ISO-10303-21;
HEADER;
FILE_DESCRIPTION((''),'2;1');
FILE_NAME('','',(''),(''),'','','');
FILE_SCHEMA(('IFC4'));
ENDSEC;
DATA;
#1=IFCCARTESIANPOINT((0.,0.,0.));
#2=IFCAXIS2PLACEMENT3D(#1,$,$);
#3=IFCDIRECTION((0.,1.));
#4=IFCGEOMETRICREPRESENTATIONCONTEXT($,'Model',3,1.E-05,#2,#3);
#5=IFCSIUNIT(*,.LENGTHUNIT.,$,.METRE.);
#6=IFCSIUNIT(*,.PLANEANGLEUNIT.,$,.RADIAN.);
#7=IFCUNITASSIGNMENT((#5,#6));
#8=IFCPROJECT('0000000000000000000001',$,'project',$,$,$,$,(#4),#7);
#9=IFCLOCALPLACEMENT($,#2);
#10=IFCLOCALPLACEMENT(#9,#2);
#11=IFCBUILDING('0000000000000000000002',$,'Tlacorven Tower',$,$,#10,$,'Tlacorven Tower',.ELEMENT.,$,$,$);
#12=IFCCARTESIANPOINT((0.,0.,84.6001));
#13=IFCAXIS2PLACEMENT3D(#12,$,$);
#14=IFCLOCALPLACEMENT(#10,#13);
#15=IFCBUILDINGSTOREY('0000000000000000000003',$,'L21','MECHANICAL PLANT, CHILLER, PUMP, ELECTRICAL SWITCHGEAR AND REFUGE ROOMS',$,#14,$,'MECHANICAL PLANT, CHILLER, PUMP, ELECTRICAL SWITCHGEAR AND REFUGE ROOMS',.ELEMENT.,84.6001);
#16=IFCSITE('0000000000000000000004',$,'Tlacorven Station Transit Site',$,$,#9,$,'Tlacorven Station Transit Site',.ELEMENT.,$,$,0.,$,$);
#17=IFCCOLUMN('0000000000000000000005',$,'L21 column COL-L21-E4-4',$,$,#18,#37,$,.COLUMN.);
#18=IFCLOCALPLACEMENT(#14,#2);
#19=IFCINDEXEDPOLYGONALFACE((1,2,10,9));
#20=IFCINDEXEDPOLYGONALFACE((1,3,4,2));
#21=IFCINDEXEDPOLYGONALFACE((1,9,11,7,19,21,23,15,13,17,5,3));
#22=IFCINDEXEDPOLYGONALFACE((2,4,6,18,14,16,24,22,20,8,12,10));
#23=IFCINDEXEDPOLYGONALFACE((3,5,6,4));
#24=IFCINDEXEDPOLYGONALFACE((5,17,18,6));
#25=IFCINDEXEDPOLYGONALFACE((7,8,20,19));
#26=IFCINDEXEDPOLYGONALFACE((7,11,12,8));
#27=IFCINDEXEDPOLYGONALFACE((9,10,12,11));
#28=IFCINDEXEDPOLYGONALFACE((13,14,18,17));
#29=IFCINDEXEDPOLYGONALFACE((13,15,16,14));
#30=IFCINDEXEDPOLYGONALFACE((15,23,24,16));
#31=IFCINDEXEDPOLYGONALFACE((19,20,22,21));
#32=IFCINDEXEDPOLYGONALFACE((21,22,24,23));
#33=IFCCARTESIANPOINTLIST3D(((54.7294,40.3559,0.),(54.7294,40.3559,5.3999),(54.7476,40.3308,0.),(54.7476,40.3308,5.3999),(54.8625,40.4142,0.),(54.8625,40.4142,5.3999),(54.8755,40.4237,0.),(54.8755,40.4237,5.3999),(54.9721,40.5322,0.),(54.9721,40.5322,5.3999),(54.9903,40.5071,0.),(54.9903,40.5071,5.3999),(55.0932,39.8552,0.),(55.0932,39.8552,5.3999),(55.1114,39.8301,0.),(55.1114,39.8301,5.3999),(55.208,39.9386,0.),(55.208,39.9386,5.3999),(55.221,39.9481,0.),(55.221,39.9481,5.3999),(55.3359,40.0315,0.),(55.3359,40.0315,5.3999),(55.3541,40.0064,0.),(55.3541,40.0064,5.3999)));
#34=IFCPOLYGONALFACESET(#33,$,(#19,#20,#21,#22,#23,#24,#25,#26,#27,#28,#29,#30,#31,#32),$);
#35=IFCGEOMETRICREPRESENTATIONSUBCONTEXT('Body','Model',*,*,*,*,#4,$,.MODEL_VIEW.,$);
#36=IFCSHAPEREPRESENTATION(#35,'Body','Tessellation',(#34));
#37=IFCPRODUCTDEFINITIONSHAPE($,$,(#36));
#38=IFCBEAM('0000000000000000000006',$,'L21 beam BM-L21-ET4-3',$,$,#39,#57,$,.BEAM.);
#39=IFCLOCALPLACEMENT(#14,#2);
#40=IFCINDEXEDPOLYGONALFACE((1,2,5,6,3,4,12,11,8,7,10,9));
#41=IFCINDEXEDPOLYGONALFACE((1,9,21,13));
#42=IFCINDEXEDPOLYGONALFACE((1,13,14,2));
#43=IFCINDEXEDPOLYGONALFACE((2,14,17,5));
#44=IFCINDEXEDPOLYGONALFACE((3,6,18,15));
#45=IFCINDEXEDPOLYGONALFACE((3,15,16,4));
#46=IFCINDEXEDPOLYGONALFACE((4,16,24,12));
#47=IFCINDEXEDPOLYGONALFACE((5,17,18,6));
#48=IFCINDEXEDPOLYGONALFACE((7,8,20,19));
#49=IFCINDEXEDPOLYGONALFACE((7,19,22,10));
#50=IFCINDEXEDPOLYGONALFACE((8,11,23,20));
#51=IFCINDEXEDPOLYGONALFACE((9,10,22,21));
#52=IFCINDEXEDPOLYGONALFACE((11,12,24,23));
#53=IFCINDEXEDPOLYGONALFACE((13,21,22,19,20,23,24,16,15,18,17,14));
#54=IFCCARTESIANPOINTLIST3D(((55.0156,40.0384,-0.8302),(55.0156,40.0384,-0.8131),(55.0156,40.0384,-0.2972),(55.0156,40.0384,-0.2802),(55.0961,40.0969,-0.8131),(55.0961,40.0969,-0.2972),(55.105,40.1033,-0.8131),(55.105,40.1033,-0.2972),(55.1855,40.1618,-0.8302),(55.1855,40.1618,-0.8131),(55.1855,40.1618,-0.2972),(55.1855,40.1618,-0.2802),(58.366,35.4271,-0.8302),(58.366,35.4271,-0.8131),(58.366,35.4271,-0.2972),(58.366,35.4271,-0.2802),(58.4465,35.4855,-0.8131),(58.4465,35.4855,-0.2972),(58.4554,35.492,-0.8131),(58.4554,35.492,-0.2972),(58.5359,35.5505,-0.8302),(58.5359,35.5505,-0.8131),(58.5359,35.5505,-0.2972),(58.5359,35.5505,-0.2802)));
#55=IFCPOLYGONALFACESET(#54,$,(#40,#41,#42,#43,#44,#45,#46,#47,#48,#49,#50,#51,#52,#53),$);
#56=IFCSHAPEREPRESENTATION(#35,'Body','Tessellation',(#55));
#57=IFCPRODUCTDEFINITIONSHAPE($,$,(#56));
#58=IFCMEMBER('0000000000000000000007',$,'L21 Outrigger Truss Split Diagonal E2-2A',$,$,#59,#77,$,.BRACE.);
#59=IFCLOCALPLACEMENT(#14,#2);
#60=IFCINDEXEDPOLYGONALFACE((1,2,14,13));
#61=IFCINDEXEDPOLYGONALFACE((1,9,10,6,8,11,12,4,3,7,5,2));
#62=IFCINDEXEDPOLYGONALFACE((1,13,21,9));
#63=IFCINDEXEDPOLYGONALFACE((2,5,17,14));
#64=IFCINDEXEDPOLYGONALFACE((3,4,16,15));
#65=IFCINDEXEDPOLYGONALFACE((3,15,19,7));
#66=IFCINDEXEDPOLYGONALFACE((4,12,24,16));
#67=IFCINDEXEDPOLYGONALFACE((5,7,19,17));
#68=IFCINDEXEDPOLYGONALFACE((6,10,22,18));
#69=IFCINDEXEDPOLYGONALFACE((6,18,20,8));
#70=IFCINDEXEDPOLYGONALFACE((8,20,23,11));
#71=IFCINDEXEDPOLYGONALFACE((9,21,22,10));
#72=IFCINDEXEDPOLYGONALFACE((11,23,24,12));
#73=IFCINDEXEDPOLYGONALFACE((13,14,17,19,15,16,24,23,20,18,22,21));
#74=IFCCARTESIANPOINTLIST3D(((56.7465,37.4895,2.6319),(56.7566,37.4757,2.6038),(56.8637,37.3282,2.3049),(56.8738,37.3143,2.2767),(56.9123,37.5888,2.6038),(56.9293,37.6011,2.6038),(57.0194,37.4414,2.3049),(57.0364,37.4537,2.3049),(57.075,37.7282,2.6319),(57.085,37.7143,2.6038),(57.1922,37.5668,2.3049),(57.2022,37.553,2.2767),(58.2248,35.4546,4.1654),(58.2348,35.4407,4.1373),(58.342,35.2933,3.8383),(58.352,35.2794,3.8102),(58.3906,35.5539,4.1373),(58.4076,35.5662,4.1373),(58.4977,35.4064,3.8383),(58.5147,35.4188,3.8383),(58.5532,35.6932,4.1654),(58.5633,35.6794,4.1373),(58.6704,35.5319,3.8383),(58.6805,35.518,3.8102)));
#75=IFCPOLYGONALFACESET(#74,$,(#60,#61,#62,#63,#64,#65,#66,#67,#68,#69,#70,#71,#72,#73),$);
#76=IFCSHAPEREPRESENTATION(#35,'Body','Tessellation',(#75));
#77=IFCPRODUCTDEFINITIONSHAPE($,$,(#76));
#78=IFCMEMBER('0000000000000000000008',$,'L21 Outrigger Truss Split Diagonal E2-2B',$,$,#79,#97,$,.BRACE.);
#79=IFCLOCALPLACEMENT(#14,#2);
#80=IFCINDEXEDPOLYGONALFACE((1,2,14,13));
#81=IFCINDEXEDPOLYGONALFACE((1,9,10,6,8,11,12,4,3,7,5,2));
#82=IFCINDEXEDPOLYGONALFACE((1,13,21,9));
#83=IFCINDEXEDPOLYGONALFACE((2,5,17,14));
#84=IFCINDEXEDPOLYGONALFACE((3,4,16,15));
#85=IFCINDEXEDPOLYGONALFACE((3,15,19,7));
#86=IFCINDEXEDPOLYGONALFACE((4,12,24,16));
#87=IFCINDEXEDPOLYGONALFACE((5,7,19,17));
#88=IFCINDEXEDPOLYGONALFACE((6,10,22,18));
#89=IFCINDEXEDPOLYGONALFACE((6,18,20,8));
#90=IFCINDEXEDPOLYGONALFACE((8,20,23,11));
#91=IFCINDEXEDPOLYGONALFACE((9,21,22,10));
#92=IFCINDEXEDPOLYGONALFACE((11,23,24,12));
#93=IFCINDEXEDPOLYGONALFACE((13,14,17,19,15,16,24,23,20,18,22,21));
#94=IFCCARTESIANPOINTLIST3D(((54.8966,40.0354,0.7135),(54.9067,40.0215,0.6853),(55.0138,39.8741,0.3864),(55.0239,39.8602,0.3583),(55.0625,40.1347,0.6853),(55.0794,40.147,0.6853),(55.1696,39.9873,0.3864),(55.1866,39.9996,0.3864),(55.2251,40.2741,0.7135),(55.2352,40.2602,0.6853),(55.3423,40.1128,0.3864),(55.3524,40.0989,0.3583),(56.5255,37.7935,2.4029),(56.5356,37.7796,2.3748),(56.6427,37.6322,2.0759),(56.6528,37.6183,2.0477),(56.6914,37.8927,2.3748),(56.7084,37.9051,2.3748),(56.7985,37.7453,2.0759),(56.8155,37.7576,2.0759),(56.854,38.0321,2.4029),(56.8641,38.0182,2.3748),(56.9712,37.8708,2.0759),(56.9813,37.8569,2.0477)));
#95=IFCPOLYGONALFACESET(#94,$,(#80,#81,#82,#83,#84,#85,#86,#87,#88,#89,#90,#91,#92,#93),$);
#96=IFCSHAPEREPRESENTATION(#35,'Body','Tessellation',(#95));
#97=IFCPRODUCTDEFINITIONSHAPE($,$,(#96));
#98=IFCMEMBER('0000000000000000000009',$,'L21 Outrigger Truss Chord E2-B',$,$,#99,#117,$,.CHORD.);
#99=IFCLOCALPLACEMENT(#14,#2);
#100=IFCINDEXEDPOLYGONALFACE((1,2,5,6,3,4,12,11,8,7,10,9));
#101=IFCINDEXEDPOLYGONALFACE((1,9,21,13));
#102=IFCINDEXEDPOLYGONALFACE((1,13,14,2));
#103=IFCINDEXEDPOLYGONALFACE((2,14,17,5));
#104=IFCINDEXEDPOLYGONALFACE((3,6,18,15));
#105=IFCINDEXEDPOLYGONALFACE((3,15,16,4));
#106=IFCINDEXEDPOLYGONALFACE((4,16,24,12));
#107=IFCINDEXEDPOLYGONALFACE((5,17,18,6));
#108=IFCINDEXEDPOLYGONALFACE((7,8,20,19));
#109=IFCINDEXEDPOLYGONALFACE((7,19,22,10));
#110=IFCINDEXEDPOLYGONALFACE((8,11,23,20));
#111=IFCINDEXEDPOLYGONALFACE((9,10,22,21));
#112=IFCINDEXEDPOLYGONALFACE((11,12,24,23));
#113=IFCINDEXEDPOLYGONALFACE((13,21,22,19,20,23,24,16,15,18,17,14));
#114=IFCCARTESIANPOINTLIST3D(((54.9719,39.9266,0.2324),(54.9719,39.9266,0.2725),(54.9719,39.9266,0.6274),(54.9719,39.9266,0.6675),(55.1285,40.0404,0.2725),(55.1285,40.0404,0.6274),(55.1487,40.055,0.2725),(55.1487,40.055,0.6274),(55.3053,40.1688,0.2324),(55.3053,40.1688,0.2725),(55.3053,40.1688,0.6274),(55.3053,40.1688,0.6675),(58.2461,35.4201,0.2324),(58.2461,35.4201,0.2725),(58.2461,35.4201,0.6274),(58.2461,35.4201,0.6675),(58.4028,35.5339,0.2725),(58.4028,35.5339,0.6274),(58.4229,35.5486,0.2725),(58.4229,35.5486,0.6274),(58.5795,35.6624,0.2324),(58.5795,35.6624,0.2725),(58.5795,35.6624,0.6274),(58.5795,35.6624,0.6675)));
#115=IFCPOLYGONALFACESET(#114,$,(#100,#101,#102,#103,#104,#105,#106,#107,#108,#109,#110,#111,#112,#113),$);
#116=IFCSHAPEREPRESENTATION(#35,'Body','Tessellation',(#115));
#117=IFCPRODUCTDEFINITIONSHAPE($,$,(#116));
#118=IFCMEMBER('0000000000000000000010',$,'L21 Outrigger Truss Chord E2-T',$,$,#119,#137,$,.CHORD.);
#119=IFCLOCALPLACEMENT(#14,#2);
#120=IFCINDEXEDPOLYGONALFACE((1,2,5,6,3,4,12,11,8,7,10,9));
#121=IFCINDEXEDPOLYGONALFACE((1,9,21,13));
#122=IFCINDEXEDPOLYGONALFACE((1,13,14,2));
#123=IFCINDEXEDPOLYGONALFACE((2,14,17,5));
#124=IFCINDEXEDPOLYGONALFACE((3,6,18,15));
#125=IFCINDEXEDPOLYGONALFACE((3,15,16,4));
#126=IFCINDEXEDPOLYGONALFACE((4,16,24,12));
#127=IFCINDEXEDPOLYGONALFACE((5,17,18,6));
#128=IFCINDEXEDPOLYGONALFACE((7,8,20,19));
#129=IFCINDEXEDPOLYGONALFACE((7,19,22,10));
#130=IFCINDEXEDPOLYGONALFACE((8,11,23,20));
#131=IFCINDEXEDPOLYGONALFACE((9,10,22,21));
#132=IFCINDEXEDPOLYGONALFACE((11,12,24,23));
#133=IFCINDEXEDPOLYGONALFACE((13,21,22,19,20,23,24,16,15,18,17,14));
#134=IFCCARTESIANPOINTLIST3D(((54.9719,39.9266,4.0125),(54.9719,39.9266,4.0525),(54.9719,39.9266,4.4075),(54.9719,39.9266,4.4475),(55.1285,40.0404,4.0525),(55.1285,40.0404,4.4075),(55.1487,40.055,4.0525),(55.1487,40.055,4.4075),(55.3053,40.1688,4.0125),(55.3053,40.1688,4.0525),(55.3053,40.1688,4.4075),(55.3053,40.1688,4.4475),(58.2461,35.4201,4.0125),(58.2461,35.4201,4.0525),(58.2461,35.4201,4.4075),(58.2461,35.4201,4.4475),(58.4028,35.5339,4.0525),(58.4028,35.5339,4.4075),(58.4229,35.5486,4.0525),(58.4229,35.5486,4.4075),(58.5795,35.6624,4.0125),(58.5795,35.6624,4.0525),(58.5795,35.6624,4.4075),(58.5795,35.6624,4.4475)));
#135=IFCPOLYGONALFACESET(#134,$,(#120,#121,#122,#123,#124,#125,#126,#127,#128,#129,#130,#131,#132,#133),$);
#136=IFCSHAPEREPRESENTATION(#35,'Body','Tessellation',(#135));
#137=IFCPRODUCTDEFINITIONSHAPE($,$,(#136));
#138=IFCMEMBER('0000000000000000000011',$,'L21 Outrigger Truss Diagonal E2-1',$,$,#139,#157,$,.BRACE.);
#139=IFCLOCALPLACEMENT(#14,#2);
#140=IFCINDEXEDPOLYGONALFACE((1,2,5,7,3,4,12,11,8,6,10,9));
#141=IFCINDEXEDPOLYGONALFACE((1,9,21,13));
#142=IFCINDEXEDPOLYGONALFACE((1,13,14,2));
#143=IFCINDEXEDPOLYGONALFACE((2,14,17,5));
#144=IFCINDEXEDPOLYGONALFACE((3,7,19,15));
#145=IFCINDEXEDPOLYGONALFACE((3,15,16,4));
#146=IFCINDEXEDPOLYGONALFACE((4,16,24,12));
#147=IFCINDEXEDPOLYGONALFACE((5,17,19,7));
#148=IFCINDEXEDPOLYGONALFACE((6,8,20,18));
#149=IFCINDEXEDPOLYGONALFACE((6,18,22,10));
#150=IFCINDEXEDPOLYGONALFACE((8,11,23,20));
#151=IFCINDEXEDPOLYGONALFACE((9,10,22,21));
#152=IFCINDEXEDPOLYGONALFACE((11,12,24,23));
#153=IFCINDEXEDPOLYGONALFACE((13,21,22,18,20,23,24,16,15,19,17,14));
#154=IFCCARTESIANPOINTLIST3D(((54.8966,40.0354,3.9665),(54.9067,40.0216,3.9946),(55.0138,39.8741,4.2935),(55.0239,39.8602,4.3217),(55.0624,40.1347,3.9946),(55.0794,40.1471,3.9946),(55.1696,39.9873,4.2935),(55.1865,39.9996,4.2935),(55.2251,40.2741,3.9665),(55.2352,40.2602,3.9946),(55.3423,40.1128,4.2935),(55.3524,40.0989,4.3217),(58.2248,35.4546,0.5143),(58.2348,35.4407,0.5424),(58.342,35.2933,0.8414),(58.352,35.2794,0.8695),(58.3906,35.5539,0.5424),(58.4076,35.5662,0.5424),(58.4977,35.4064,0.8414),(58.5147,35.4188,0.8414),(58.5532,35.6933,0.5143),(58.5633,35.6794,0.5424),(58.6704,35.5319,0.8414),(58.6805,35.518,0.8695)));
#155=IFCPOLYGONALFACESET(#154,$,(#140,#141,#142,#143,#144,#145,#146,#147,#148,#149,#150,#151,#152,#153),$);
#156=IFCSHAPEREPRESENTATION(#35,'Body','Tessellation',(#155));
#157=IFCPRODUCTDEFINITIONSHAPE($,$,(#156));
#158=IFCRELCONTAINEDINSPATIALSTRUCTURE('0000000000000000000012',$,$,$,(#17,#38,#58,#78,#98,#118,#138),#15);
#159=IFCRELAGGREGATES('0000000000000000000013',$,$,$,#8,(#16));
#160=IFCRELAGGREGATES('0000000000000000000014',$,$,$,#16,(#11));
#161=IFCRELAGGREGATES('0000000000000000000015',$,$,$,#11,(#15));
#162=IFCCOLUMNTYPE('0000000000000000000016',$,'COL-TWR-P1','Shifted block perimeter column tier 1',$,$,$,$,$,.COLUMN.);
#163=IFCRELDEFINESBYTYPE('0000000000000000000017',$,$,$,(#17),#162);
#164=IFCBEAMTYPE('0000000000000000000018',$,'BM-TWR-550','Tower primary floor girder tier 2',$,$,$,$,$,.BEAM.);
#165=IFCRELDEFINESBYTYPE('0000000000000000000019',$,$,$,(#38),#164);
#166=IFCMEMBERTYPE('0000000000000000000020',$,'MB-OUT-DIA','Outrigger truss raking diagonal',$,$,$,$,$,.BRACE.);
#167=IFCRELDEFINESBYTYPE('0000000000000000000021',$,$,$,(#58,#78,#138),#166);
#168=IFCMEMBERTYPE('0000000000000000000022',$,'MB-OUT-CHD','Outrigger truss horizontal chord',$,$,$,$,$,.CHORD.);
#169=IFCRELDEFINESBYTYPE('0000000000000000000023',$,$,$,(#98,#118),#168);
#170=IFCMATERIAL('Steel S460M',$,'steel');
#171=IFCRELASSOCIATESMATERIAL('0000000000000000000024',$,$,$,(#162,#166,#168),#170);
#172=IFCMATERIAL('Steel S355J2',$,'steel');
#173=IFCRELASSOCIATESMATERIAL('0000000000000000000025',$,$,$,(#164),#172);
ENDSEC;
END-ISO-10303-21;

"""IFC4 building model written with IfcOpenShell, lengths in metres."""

from ifc_helpers import new_model, si_unit, direction, frame, origin, origin_2d, place, context, subcontext, project, spatial, i_section, extrude, source, transform, mapped, material, material_profile, profile_set, type_object, element, save


model = new_model("IFC4")

# Units and contexts
model_context = context("Model", 3, precision=1e-05, world=origin(), true_north=direction((0.0, 1.0)))
body_context = subcontext(model_context, "Body", "Model", "MODEL_VIEW")
ifc_project = project(units=[si_unit("LENGTHUNIT", "METRE"), si_unit("PLANEANGLEUNIT", "RADIAN")], contexts=[model_context])

# Site, building, storey
site_placement = place(None, origin())
site = spatial("IfcSite", under=ifc_project, at=site_placement, Name="Tlacorven Station Transit Site", LongName="Tlacorven Station Transit Site", CompositionType="ELEMENT", RefElevation=0.0)
building_placement = place(site_placement, origin())
building = spatial("IfcBuilding", under=site, at=building_placement, Name="Tlacorven Tower", LongName="Tlacorven Tower", CompositionType="ELEMENT")
storey_placement = place(building_placement, frame((0.0, 0.0, 84.6001)))
storey = spatial("IfcBuildingStorey", under=building, at=storey_placement, Name="L21", Description="MECHANICAL PLANT, CHILLER, PUMP, ELECTRICAL SWITCHGEAR AND REFUGE ROOMS", LongName="MECHANICAL PLANT, CHILLER, PUMP, ELECTRICAL SWITCHGEAR AND REFUGE ROOMS", CompositionType="ELEMENT", Elevation=84.6001)

# Column
ifc_material_1 = material(Name="Steel S460M", Category="steel")
ifc_material_profile_1 = material_profile(ifc_material_1, i_section(OverallWidth=0.3, OverallDepth=0.6499, WebThickness=0.0161, FlangeThickness=0.031, at=origin_2d()), Name="HEB 650")
ifc_profile_set_1 = profile_set([ifc_material_profile_1], Name="Steel S460M")
column_type = type_object("IfcColumnType", Name="COL-TWR-P1", Description="Shifted block perimeter column tier 1", PredefinedType="COLUMN", material=ifc_profile_set_1)
shared_shape_1 = source(origin(), body_context, "Body", "SweptSolid", [
    extrude(i_section(OverallWidth=0.3, OverallDepth=0.6499, WebThickness=0.0161, FlangeThickness=0.031, at=origin_2d()), origin(), (0.0, 0.0, 1.0), 5.3999),
])
column_placement = place(storey_placement, frame((55.0417, 40.1812, 0.0), z_axis=(0.0, 0.0, 1.0), x_axis=(0.809017, 0.587785, 0.0)))
element("IfcColumn", 1, at=column_placement, inside=storey, type_object=column_type, Name="L21 column COL-L21-E4-4", PredefinedType="COLUMN", context=body_context, shape_type="MappedRepresentation", body=[
    mapped(shared_shape_1, transform((0.0, 0.0, 0.0), scale=1.0)),
])

# Beam
ifc_material_2 = material(Name="Steel S355J2", Category="steel")
ifc_material_profile_2 = material_profile(ifc_material_2, i_section(OverallWidth=0.21, OverallDepth=0.55, WebThickness=0.011, FlangeThickness=0.0171, at=origin_2d()), Name="IPE 550")
ifc_profile_set_2 = profile_set([ifc_material_profile_2], Name="Steel S355J2")
beam_type = type_object("IfcBeamType", Name="BM-TWR-550", Description="Tower primary floor girder tier 2", PredefinedType="BEAM", material=ifc_profile_set_2)
shared_shape_2 = source(origin(), body_context, "Body", "SweptSolid", [
    extrude(i_section(OverallWidth=0.21, OverallDepth=0.55, WebThickness=0.011, FlangeThickness=0.0171, at=origin_2d()), origin(), (0.0, 0.0, 1.0), 5.7),
])
beam_placement = place(storey_placement, frame((58.4509, 35.4888, -0.5552), z_axis=(-0.587787, 0.809016, 0.0), x_axis=(-0.809016, -0.587787, 0.0)))
element("IfcBeam", 2, at=beam_placement, inside=storey, type_object=beam_type, Name="L21 beam BM-L21-ET4-3", PredefinedType="BEAM", context=body_context, shape_type="MappedRepresentation", body=[
    mapped(shared_shape_2, transform((0.0, 0.0, 0.0), scale=1.0)),
])

# Members
ifc_material_profile_3 = material_profile(ifc_material_1, i_section(OverallWidth=0.406, OverallDepth=0.416, WebThickness=0.021, FlangeThickness=0.033, at=origin_2d()), Name="HD 400X382")
ifc_profile_set_3 = profile_set([ifc_material_profile_3], Name="Steel S460M")
member_type_1 = type_object("IfcMemberType", Name="MB-OUT-DIA", Description="Outrigger truss raking diagonal", PredefinedType="BRACE", material=ifc_profile_set_3)
shared_shape_3 = source(origin(), body_context, "Body", "SweptSolid", [
    extrude(i_section(OverallWidth=0.406, OverallDepth=0.416, WebThickness=0.021, FlangeThickness=0.033, at=origin_2d()), origin(), (0.0, 0.0, 1.0), 2.9458),
])
member_1_placement = place(storey_placement, frame((58.4526, 35.4863, 3.9878), z_axis=(-0.501827, 0.690789, -0.520557), x_axis=(-0.809051, -0.587739, 0.0)))
element("IfcMember", 3, at=member_1_placement, inside=storey, type_object=member_type_1, Name="L21 Outrigger Truss Split Diagonal E2-2A", PredefinedType="BRACE", context=body_context, shape_type="MappedRepresentation", body=[
    mapped(shared_shape_3, transform((0.0, 0.0, 0.0), scale=1.0)),
])
shared_shape_4 = source(origin(), body_context, "Body", "SweptSolid", [
    extrude(i_section(OverallWidth=0.406, OverallDepth=0.416, WebThickness=0.021, FlangeThickness=0.033, at=origin_2d()), origin(), (0.0, 0.0, 1.0), 3.2456),
])
member_2_placement = place(storey_placement, frame((56.7534, 37.8252, 2.2253), z_axis=(-0.501882, 0.690765, -0.520537), x_axis=(-0.80901, -0.587794, 0.0)))
element("IfcMember", 4, at=member_2_placement, inside=storey, type_object=member_type_1, Name="L21 Outrigger Truss Split Diagonal E2-2B", PredefinedType="BRACE", context=body_context, shape_type="MappedRepresentation", body=[
    mapped(shared_shape_4, transform((0.0, 0.0, 0.0), scale=1.0)),
])
ifc_material_profile_4 = material_profile(ifc_material_1, i_section(OverallWidth=0.4121, OverallDepth=0.4351, WebThickness=0.0249, FlangeThickness=0.04, at=origin_2d()), Name="HD 400X463")
ifc_profile_set_4 = profile_set([ifc_material_profile_4], Name="Steel S460M")
member_type_2 = type_object("IfcMemberType", Name="MB-OUT-CHD", Description="Outrigger truss horizontal chord", PredefinedType="CHORD", material=ifc_profile_set_4)
shared_shape_5 = source(origin(), body_context, "Body", "SweptSolid", [
    extrude(i_section(OverallWidth=0.4121, OverallDepth=0.4351, WebThickness=0.0249, FlangeThickness=0.04, at=origin_2d()), origin(), (0.0, 0.0, 1.0), 5.5703),
])
for number, where, z_axis, x_axis, name in (
    (5, (58.4128, 35.5413, 0.45), (-0.587799, 0.809007, 0.0), (-0.809007, -0.587799, 0.0), "L21 Outrigger Truss Chord E2-B"),
    (6, (58.4128, 35.5413, 4.23), (-0.587799, 0.809007, 0.0), (-0.809007, -0.587799, 0.0), "L21 Outrigger Truss Chord E2-T"),
):
    element("IfcMember", number, at=place(storey_placement, frame(where, z_axis=z_axis, x_axis=x_axis)), inside=storey, type_object=member_type_2, Name=name, PredefinedType="CHORD", context=body_context, shape_type="MappedRepresentation", body=[
        mapped(shared_shape_5, transform((0.0, 0.0, 0.0), scale=1.0)),
    ])
shared_shape_6 = source(origin(), body_context, "Body", "SweptSolid", [
    extrude(i_section(OverallWidth=0.406, OverallDepth=0.416, WebThickness=0.021, FlangeThickness=0.033, at=origin_2d()), origin(), (0.0, 0.0, 1.0), 6.6316),
])
member_3_placement = place(storey_placement, frame((58.4526, 35.4863, 0.6919), z_axis=(-0.501862, 0.690759, 0.520564), x_axis=(-0.809019, -0.587782, 0.0)))
element("IfcMember", 7, at=member_3_placement, inside=storey, type_object=member_type_1, Name="L21 Outrigger Truss Diagonal E2-1", PredefinedType="BRACE", context=body_context, shape_type="MappedRepresentation", body=[
    mapped(shared_shape_6, transform((0.0, 0.0, 0.0), scale=1.0)),
])

save(model, "model.ifc")
